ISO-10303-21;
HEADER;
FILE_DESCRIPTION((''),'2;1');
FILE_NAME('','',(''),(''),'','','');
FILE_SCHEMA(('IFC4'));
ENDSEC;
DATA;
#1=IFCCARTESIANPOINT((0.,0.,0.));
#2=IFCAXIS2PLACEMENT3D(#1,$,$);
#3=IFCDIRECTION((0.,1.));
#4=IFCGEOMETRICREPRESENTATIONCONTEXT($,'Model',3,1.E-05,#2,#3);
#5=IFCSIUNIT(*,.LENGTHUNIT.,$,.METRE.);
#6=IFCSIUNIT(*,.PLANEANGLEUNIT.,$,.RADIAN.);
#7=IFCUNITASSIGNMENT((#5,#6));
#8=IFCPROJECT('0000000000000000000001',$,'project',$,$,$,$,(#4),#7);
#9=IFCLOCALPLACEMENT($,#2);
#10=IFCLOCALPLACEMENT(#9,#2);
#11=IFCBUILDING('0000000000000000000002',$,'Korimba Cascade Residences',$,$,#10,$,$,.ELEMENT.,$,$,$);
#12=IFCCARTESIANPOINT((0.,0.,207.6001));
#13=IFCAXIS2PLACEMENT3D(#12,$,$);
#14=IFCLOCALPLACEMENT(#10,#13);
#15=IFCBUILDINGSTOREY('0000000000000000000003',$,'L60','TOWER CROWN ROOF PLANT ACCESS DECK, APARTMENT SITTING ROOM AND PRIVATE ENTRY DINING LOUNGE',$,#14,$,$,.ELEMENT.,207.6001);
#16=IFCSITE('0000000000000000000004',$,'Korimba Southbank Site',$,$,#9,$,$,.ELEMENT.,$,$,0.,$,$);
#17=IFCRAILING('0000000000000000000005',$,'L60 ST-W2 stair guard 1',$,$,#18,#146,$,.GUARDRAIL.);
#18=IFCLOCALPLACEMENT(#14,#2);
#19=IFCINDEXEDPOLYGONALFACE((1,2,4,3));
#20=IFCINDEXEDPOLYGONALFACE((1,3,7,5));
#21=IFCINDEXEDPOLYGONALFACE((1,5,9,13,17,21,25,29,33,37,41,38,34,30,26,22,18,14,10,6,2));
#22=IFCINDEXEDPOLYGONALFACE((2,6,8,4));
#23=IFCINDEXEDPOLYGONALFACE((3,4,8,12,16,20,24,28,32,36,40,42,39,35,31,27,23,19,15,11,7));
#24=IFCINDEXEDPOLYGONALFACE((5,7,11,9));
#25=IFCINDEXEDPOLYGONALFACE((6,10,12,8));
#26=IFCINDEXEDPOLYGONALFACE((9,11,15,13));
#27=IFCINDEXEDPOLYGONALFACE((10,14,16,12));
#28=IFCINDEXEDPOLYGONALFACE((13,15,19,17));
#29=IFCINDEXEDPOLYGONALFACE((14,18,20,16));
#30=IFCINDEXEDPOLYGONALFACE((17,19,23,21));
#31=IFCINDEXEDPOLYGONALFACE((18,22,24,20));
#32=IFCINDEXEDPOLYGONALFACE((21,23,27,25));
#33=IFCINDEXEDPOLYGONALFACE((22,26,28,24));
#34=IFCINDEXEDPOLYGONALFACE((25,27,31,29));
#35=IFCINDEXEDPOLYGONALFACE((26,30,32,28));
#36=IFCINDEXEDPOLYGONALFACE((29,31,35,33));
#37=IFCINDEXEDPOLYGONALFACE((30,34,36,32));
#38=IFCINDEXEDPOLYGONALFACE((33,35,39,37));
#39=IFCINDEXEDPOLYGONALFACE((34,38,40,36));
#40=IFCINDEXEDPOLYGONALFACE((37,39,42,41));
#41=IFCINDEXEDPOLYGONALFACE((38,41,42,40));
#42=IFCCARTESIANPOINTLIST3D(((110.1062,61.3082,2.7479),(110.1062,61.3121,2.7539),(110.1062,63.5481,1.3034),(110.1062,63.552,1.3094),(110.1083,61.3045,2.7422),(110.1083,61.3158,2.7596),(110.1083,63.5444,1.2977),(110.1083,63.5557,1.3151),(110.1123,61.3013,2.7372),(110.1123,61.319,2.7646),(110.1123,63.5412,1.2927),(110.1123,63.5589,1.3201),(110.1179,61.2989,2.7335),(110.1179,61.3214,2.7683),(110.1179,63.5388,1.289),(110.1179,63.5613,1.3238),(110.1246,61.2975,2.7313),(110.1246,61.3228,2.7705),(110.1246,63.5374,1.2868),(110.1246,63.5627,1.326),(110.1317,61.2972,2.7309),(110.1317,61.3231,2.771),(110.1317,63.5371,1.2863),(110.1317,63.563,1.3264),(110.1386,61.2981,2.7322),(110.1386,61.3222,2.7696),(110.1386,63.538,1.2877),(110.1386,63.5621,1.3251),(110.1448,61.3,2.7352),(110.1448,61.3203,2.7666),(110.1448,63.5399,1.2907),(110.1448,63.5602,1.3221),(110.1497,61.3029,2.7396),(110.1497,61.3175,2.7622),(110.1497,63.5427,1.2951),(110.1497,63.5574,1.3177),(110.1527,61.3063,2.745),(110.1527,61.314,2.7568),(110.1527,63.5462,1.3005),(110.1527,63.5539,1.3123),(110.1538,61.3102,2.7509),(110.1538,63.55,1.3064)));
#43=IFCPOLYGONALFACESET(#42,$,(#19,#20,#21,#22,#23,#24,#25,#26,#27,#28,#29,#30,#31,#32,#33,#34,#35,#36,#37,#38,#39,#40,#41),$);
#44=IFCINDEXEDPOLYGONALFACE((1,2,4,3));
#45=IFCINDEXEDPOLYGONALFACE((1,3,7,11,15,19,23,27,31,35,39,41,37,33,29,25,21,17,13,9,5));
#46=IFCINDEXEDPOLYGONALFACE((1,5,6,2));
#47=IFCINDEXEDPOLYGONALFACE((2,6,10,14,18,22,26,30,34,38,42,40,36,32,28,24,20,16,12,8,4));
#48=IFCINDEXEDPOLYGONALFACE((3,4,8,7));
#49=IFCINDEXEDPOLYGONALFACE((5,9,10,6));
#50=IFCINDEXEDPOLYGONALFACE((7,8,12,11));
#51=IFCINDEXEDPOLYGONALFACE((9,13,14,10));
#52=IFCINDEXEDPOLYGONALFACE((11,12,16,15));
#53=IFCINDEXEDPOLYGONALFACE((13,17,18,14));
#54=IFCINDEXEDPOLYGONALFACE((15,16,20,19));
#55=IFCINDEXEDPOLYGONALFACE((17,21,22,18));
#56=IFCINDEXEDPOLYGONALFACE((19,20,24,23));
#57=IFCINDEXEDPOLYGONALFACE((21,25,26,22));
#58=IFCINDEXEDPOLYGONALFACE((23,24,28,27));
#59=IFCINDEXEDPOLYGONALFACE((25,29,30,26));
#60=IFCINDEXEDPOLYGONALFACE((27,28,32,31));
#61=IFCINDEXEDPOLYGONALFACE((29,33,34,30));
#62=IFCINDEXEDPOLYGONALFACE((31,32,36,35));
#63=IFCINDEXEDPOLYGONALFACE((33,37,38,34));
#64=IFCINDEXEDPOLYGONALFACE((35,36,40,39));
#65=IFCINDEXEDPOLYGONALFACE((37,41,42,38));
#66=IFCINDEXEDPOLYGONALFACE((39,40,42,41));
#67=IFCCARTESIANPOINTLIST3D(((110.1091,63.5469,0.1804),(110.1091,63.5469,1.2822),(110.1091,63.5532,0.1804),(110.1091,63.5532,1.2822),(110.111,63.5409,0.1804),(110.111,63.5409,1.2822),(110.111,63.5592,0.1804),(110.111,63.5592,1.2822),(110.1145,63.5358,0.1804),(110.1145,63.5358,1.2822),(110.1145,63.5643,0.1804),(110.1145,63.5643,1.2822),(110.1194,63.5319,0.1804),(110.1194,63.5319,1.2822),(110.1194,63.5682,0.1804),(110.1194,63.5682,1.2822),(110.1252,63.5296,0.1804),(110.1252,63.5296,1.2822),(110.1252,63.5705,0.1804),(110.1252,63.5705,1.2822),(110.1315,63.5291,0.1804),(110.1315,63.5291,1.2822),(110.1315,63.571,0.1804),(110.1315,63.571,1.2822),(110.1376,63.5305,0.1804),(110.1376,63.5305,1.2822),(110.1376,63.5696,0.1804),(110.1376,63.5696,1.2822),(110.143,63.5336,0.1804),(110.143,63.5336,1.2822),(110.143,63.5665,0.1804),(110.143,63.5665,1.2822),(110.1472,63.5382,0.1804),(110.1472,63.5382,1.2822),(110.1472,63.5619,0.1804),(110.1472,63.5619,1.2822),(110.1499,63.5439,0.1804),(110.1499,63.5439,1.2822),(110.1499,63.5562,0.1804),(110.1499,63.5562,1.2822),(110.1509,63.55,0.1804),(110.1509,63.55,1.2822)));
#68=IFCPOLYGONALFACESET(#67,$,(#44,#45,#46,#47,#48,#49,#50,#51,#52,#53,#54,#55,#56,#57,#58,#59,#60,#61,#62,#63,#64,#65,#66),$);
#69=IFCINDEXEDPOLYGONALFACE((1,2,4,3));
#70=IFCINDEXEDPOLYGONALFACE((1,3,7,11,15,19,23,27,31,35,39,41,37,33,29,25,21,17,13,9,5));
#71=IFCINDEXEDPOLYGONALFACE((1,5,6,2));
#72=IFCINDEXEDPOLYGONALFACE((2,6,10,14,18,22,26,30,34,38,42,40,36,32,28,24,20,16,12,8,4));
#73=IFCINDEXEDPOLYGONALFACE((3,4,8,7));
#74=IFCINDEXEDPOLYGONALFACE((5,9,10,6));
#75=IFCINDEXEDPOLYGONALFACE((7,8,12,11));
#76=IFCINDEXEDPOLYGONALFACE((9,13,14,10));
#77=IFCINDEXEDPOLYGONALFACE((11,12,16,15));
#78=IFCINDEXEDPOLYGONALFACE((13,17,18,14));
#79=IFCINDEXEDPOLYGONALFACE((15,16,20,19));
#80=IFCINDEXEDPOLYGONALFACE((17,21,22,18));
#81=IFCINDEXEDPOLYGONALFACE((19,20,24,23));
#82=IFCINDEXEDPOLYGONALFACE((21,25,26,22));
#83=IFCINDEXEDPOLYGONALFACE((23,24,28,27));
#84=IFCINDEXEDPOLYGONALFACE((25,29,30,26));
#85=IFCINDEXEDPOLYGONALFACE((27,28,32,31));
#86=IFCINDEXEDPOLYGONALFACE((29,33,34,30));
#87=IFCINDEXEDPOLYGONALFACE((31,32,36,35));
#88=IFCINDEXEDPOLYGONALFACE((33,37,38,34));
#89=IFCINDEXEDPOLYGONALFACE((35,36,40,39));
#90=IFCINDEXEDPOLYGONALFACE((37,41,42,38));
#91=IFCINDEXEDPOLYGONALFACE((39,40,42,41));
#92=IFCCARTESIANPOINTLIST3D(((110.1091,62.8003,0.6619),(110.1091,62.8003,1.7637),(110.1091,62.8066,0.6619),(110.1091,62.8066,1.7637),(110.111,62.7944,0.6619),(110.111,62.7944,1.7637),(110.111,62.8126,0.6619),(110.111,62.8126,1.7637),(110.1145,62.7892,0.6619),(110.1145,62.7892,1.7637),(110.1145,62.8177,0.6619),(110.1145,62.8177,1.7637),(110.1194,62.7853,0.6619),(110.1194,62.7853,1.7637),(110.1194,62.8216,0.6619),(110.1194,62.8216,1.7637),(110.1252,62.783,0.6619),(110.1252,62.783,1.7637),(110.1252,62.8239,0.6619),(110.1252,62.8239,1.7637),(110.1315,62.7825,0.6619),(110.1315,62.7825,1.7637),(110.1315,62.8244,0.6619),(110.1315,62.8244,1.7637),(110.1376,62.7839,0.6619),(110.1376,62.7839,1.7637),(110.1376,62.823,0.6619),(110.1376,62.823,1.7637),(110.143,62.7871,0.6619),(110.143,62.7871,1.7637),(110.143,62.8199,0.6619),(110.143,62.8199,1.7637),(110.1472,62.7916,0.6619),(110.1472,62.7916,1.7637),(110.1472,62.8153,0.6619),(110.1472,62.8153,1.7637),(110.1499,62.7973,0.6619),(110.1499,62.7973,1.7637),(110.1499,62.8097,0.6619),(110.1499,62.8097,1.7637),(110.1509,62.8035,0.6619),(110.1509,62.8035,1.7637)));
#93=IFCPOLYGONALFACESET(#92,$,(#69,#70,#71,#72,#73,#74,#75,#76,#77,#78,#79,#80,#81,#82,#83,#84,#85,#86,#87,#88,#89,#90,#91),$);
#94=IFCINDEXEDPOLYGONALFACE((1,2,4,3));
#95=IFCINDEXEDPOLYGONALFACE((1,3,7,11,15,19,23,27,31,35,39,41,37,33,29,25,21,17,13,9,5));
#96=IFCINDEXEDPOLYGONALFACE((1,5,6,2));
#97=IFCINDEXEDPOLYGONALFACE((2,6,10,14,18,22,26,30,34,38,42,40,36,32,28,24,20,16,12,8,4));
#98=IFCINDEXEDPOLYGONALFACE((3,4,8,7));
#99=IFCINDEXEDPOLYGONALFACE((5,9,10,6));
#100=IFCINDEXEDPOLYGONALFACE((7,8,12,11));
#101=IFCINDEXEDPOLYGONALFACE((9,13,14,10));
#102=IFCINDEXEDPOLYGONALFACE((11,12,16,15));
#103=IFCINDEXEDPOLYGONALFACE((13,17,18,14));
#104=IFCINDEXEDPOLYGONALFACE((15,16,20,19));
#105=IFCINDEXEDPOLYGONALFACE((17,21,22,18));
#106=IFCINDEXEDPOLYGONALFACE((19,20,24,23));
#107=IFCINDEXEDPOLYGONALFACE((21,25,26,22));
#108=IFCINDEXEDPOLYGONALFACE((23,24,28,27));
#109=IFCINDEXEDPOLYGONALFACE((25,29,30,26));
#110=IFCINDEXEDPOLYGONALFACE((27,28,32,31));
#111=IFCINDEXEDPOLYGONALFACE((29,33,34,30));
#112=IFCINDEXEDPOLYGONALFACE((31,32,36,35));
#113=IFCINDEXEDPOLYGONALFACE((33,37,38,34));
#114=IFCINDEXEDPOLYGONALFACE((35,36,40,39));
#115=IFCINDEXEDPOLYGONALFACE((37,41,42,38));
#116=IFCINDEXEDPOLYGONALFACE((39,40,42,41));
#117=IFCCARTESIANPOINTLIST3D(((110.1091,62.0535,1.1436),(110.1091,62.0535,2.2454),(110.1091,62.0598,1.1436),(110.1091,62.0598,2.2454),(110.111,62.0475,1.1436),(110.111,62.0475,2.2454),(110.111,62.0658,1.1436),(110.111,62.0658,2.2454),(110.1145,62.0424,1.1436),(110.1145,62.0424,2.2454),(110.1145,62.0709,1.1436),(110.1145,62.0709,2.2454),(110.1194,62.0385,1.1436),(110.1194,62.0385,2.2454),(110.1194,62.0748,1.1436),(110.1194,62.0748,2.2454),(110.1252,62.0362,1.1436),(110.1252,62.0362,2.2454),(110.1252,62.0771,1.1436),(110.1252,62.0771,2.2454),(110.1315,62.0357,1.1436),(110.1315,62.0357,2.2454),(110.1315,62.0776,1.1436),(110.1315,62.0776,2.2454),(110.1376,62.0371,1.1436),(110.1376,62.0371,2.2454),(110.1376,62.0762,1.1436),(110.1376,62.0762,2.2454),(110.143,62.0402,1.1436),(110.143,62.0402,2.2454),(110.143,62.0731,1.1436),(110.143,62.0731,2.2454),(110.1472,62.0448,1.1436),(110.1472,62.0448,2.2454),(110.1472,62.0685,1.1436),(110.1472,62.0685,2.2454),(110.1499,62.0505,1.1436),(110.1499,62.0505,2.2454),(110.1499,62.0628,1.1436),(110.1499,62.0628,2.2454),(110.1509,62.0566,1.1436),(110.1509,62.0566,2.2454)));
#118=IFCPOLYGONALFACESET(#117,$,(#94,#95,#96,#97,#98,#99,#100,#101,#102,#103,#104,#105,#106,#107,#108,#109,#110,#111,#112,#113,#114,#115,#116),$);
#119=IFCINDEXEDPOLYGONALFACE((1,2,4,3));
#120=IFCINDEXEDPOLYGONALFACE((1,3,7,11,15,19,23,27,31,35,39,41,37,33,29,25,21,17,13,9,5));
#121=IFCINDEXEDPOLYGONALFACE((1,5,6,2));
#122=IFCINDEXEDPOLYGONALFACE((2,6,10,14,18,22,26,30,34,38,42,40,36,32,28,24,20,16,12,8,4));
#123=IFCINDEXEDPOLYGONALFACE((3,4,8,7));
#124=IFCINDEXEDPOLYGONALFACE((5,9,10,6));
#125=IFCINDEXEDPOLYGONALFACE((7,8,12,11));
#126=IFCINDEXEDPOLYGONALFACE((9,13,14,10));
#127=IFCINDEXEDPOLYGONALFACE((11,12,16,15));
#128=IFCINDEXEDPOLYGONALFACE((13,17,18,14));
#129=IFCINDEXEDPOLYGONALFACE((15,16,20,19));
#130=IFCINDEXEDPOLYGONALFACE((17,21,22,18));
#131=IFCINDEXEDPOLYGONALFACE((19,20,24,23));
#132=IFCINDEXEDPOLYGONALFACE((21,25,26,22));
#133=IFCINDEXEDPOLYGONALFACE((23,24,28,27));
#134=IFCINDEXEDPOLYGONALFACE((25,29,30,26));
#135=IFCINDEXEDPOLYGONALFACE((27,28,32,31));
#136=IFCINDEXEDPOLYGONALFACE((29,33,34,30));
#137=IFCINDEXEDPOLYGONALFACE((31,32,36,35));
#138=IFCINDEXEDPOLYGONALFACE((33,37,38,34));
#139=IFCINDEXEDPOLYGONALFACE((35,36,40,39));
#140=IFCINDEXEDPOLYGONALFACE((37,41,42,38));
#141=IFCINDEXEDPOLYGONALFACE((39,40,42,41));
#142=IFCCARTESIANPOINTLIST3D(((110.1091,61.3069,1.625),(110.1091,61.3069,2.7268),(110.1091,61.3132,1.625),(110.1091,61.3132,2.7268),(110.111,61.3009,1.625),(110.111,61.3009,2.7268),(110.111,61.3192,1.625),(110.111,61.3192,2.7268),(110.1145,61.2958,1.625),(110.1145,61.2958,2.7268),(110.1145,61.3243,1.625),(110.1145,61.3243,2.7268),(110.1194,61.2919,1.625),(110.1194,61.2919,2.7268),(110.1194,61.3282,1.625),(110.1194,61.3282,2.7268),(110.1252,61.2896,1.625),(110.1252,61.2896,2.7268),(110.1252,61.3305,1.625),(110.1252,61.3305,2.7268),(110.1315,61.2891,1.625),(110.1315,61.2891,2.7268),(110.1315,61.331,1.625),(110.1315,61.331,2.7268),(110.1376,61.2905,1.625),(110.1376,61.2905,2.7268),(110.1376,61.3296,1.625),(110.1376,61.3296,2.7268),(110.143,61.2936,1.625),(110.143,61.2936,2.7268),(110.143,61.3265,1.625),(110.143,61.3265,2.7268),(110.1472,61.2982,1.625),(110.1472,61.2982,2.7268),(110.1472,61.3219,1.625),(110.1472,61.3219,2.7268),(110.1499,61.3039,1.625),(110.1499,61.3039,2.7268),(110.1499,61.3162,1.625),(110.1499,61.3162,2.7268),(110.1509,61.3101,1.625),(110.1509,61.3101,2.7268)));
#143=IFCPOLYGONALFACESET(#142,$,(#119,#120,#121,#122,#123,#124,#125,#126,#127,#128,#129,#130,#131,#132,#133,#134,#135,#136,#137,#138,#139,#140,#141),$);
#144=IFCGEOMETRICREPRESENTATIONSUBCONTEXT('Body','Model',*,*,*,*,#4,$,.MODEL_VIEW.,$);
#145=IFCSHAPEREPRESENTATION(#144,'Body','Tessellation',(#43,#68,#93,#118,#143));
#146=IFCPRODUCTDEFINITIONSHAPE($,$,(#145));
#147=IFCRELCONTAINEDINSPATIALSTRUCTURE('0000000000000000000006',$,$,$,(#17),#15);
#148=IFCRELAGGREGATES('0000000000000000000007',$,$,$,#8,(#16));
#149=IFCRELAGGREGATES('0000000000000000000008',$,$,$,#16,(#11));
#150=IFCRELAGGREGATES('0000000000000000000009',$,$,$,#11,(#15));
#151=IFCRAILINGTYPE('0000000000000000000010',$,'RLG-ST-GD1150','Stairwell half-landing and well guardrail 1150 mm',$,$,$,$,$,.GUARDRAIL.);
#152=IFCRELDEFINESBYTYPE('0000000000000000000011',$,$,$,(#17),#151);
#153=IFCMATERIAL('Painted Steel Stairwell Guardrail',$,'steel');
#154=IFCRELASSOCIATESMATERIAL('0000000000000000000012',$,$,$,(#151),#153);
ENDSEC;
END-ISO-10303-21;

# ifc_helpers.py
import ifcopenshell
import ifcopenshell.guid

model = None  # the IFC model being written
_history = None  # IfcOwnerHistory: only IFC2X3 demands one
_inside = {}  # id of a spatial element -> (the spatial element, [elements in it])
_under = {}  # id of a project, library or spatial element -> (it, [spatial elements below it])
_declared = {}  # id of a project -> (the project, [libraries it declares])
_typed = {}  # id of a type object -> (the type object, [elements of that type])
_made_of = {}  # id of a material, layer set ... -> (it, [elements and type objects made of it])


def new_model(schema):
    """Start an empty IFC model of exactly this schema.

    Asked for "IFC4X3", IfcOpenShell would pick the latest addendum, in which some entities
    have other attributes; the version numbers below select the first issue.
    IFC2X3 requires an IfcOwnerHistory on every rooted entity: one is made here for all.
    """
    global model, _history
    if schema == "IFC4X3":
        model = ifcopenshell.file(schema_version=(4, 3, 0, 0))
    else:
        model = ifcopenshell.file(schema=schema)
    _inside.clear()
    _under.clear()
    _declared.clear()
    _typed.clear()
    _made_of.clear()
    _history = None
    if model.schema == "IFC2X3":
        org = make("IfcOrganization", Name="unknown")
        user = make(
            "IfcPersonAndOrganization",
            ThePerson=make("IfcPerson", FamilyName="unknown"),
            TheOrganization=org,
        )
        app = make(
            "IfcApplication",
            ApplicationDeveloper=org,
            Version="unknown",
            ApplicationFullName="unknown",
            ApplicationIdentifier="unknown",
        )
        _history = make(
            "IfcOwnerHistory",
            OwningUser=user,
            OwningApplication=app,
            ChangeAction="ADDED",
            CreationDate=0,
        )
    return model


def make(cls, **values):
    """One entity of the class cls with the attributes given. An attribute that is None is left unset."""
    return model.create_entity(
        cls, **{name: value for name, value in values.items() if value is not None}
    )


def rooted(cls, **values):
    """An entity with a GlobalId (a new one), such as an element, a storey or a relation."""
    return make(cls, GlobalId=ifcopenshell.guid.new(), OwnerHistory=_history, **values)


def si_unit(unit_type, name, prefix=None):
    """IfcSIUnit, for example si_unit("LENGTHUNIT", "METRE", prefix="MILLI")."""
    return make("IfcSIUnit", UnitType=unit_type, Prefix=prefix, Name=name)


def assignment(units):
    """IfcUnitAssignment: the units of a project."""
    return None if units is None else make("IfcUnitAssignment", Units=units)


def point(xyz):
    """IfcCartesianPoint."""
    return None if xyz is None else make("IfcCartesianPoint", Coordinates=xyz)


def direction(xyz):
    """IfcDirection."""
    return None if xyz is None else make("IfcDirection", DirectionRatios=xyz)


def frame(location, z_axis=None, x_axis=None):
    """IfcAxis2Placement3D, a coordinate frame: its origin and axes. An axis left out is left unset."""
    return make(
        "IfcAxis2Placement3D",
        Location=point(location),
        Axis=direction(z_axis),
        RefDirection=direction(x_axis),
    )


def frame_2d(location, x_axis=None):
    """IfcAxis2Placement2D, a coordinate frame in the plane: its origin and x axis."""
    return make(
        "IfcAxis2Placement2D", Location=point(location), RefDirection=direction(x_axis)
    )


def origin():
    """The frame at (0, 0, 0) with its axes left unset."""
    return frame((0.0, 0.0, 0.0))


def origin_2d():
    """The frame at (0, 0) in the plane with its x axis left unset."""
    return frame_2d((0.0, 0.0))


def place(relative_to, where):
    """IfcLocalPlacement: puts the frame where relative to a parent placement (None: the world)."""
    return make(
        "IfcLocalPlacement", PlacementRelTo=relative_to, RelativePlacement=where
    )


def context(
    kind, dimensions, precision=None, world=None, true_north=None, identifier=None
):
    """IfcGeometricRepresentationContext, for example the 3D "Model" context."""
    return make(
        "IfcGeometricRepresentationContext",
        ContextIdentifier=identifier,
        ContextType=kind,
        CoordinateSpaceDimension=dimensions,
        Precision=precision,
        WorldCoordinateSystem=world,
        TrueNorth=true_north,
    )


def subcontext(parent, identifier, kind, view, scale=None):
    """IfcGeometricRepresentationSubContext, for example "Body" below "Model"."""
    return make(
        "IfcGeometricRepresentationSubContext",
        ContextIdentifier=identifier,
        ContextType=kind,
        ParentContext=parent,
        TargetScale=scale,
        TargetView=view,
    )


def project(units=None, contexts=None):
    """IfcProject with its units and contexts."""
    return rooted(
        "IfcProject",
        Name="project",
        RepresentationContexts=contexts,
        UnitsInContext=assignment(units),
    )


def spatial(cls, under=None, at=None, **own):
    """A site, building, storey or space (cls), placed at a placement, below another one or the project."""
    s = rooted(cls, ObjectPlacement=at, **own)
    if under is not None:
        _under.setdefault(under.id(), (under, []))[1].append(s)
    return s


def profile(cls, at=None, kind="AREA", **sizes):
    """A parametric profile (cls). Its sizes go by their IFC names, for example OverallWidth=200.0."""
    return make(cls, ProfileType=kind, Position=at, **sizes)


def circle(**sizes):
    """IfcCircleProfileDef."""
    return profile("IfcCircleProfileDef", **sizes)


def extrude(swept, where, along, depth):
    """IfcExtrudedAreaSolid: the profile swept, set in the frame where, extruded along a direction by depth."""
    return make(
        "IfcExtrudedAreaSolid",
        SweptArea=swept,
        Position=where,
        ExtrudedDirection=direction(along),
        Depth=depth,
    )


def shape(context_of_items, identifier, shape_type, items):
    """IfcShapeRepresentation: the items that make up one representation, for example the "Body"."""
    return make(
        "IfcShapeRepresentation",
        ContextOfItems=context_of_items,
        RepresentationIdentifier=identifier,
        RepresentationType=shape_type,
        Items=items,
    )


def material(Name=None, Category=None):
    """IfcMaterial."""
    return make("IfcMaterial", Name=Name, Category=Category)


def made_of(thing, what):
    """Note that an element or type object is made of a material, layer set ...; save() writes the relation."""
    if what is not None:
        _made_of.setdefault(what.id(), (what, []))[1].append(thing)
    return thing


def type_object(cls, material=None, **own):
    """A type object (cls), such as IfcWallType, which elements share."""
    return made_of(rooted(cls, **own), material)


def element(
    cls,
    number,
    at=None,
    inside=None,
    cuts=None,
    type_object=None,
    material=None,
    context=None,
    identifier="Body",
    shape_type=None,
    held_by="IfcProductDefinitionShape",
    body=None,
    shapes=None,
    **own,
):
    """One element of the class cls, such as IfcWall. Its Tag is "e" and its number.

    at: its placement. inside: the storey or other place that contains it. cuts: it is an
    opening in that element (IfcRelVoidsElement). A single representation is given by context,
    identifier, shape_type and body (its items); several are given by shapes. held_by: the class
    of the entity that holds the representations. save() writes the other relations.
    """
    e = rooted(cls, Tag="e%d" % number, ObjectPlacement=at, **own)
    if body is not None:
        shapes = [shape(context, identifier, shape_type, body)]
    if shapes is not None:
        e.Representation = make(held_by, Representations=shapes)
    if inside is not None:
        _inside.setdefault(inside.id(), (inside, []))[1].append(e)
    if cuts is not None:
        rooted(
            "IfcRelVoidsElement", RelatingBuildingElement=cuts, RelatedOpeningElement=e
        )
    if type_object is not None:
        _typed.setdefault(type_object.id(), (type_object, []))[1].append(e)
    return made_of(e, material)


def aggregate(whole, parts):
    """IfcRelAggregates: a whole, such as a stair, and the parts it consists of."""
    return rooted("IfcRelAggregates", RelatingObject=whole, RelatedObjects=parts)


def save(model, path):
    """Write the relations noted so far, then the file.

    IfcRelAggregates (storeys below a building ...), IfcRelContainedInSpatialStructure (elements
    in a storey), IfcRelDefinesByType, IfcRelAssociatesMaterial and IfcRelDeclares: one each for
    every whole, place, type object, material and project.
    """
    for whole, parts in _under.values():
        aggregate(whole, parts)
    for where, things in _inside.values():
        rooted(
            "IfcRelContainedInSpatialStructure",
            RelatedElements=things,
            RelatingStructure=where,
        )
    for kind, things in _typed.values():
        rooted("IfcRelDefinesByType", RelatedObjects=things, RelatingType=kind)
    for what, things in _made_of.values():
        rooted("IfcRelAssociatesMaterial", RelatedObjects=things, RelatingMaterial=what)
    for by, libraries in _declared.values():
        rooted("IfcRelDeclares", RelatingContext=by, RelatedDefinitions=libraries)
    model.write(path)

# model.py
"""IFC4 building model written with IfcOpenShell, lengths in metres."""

from ifc_helpers import new_model, si_unit, direction, frame, origin, origin_2d, place, context, subcontext, project, spatial, circle, extrude, material, type_object, element, save


model = new_model("IFC4")

# Units and contexts
model_context = context("Model", 3, precision=1e-05, world=origin(), true_north=direction((0.0, 1.0)))
body_context = subcontext(model_context, "Body", "Model", "MODEL_VIEW")
ifc_project = project(units=[si_unit("LENGTHUNIT", "METRE"), si_unit("PLANEANGLEUNIT", "RADIAN")], contexts=[model_context])

# Site, building, storey
site_placement = place(None, origin())
site = spatial("IfcSite", under=ifc_project, at=site_placement, Name="Korimba Southbank Site", CompositionType="ELEMENT", RefElevation=0.0)
building_placement = place(site_placement, origin())
building = spatial("IfcBuilding", under=site, at=building_placement, Name="Korimba Cascade Residences", CompositionType="ELEMENT")
storey_placement = place(building_placement, frame((0.0, 0.0, 207.6001)))
storey = spatial("IfcBuildingStorey", under=building, at=storey_placement, Name="L60", Description="TOWER CROWN ROOF PLANT ACCESS DECK, APARTMENT SITTING ROOM AND PRIVATE ENTRY DINING LOUNGE", CompositionType="ELEMENT", Elevation=207.6001)

# Railing
ifc_material_1 = material(Name="Painted Steel Stairwell Guardrail", Category="steel")
railing_type_1 = type_object("IfcRailingType", Name="RLG-ST-GD1150", Description="Stairwell half-landing and well guardrail 1150 mm", PredefinedType="GUARDRAIL", material=ifc_material_1)
railing_1_placement = place(storey_placement, frame((110.1299, 63.55, 0.1804)))
element("IfcRailing", 1, at=railing_1_placement, inside=storey, type_object=railing_type_1, Name="L60 ST-W2 stair guard 1", PredefinedType="GUARDRAIL", context=body_context, shape_type="SweptSolid", body=[
    extrude(circle(Radius=0.0239, at=origin_2d()), frame((0.0, 0.0, 1.126), z_axis=(0.0, -0.840395, 0.541975), x_axis=(1.0, 0.0, 0.0)), (0.0, 0.0, 1.0), 2.6653),
    extrude(circle(Radius=0.021, at=origin_2d()), origin(), (0.0, 0.0, 1.0), 1.1018),
    extrude(circle(Radius=0.021, at=origin_2d()), frame((0.0, -0.7466, 0.4814)), (0.0, 0.0, 1.0), 1.1018),
    extrude(circle(Radius=0.021, at=origin_2d()), frame((0.0, -1.4934, 0.9631)), (0.0, 0.0, 1.0), 1.1018),
    extrude(circle(Radius=0.021, at=origin_2d()), frame((0.0, -2.24, 1.4446)), (0.0, 0.0, 1.0), 1.1018),
])

save(model, "model.ifc")
